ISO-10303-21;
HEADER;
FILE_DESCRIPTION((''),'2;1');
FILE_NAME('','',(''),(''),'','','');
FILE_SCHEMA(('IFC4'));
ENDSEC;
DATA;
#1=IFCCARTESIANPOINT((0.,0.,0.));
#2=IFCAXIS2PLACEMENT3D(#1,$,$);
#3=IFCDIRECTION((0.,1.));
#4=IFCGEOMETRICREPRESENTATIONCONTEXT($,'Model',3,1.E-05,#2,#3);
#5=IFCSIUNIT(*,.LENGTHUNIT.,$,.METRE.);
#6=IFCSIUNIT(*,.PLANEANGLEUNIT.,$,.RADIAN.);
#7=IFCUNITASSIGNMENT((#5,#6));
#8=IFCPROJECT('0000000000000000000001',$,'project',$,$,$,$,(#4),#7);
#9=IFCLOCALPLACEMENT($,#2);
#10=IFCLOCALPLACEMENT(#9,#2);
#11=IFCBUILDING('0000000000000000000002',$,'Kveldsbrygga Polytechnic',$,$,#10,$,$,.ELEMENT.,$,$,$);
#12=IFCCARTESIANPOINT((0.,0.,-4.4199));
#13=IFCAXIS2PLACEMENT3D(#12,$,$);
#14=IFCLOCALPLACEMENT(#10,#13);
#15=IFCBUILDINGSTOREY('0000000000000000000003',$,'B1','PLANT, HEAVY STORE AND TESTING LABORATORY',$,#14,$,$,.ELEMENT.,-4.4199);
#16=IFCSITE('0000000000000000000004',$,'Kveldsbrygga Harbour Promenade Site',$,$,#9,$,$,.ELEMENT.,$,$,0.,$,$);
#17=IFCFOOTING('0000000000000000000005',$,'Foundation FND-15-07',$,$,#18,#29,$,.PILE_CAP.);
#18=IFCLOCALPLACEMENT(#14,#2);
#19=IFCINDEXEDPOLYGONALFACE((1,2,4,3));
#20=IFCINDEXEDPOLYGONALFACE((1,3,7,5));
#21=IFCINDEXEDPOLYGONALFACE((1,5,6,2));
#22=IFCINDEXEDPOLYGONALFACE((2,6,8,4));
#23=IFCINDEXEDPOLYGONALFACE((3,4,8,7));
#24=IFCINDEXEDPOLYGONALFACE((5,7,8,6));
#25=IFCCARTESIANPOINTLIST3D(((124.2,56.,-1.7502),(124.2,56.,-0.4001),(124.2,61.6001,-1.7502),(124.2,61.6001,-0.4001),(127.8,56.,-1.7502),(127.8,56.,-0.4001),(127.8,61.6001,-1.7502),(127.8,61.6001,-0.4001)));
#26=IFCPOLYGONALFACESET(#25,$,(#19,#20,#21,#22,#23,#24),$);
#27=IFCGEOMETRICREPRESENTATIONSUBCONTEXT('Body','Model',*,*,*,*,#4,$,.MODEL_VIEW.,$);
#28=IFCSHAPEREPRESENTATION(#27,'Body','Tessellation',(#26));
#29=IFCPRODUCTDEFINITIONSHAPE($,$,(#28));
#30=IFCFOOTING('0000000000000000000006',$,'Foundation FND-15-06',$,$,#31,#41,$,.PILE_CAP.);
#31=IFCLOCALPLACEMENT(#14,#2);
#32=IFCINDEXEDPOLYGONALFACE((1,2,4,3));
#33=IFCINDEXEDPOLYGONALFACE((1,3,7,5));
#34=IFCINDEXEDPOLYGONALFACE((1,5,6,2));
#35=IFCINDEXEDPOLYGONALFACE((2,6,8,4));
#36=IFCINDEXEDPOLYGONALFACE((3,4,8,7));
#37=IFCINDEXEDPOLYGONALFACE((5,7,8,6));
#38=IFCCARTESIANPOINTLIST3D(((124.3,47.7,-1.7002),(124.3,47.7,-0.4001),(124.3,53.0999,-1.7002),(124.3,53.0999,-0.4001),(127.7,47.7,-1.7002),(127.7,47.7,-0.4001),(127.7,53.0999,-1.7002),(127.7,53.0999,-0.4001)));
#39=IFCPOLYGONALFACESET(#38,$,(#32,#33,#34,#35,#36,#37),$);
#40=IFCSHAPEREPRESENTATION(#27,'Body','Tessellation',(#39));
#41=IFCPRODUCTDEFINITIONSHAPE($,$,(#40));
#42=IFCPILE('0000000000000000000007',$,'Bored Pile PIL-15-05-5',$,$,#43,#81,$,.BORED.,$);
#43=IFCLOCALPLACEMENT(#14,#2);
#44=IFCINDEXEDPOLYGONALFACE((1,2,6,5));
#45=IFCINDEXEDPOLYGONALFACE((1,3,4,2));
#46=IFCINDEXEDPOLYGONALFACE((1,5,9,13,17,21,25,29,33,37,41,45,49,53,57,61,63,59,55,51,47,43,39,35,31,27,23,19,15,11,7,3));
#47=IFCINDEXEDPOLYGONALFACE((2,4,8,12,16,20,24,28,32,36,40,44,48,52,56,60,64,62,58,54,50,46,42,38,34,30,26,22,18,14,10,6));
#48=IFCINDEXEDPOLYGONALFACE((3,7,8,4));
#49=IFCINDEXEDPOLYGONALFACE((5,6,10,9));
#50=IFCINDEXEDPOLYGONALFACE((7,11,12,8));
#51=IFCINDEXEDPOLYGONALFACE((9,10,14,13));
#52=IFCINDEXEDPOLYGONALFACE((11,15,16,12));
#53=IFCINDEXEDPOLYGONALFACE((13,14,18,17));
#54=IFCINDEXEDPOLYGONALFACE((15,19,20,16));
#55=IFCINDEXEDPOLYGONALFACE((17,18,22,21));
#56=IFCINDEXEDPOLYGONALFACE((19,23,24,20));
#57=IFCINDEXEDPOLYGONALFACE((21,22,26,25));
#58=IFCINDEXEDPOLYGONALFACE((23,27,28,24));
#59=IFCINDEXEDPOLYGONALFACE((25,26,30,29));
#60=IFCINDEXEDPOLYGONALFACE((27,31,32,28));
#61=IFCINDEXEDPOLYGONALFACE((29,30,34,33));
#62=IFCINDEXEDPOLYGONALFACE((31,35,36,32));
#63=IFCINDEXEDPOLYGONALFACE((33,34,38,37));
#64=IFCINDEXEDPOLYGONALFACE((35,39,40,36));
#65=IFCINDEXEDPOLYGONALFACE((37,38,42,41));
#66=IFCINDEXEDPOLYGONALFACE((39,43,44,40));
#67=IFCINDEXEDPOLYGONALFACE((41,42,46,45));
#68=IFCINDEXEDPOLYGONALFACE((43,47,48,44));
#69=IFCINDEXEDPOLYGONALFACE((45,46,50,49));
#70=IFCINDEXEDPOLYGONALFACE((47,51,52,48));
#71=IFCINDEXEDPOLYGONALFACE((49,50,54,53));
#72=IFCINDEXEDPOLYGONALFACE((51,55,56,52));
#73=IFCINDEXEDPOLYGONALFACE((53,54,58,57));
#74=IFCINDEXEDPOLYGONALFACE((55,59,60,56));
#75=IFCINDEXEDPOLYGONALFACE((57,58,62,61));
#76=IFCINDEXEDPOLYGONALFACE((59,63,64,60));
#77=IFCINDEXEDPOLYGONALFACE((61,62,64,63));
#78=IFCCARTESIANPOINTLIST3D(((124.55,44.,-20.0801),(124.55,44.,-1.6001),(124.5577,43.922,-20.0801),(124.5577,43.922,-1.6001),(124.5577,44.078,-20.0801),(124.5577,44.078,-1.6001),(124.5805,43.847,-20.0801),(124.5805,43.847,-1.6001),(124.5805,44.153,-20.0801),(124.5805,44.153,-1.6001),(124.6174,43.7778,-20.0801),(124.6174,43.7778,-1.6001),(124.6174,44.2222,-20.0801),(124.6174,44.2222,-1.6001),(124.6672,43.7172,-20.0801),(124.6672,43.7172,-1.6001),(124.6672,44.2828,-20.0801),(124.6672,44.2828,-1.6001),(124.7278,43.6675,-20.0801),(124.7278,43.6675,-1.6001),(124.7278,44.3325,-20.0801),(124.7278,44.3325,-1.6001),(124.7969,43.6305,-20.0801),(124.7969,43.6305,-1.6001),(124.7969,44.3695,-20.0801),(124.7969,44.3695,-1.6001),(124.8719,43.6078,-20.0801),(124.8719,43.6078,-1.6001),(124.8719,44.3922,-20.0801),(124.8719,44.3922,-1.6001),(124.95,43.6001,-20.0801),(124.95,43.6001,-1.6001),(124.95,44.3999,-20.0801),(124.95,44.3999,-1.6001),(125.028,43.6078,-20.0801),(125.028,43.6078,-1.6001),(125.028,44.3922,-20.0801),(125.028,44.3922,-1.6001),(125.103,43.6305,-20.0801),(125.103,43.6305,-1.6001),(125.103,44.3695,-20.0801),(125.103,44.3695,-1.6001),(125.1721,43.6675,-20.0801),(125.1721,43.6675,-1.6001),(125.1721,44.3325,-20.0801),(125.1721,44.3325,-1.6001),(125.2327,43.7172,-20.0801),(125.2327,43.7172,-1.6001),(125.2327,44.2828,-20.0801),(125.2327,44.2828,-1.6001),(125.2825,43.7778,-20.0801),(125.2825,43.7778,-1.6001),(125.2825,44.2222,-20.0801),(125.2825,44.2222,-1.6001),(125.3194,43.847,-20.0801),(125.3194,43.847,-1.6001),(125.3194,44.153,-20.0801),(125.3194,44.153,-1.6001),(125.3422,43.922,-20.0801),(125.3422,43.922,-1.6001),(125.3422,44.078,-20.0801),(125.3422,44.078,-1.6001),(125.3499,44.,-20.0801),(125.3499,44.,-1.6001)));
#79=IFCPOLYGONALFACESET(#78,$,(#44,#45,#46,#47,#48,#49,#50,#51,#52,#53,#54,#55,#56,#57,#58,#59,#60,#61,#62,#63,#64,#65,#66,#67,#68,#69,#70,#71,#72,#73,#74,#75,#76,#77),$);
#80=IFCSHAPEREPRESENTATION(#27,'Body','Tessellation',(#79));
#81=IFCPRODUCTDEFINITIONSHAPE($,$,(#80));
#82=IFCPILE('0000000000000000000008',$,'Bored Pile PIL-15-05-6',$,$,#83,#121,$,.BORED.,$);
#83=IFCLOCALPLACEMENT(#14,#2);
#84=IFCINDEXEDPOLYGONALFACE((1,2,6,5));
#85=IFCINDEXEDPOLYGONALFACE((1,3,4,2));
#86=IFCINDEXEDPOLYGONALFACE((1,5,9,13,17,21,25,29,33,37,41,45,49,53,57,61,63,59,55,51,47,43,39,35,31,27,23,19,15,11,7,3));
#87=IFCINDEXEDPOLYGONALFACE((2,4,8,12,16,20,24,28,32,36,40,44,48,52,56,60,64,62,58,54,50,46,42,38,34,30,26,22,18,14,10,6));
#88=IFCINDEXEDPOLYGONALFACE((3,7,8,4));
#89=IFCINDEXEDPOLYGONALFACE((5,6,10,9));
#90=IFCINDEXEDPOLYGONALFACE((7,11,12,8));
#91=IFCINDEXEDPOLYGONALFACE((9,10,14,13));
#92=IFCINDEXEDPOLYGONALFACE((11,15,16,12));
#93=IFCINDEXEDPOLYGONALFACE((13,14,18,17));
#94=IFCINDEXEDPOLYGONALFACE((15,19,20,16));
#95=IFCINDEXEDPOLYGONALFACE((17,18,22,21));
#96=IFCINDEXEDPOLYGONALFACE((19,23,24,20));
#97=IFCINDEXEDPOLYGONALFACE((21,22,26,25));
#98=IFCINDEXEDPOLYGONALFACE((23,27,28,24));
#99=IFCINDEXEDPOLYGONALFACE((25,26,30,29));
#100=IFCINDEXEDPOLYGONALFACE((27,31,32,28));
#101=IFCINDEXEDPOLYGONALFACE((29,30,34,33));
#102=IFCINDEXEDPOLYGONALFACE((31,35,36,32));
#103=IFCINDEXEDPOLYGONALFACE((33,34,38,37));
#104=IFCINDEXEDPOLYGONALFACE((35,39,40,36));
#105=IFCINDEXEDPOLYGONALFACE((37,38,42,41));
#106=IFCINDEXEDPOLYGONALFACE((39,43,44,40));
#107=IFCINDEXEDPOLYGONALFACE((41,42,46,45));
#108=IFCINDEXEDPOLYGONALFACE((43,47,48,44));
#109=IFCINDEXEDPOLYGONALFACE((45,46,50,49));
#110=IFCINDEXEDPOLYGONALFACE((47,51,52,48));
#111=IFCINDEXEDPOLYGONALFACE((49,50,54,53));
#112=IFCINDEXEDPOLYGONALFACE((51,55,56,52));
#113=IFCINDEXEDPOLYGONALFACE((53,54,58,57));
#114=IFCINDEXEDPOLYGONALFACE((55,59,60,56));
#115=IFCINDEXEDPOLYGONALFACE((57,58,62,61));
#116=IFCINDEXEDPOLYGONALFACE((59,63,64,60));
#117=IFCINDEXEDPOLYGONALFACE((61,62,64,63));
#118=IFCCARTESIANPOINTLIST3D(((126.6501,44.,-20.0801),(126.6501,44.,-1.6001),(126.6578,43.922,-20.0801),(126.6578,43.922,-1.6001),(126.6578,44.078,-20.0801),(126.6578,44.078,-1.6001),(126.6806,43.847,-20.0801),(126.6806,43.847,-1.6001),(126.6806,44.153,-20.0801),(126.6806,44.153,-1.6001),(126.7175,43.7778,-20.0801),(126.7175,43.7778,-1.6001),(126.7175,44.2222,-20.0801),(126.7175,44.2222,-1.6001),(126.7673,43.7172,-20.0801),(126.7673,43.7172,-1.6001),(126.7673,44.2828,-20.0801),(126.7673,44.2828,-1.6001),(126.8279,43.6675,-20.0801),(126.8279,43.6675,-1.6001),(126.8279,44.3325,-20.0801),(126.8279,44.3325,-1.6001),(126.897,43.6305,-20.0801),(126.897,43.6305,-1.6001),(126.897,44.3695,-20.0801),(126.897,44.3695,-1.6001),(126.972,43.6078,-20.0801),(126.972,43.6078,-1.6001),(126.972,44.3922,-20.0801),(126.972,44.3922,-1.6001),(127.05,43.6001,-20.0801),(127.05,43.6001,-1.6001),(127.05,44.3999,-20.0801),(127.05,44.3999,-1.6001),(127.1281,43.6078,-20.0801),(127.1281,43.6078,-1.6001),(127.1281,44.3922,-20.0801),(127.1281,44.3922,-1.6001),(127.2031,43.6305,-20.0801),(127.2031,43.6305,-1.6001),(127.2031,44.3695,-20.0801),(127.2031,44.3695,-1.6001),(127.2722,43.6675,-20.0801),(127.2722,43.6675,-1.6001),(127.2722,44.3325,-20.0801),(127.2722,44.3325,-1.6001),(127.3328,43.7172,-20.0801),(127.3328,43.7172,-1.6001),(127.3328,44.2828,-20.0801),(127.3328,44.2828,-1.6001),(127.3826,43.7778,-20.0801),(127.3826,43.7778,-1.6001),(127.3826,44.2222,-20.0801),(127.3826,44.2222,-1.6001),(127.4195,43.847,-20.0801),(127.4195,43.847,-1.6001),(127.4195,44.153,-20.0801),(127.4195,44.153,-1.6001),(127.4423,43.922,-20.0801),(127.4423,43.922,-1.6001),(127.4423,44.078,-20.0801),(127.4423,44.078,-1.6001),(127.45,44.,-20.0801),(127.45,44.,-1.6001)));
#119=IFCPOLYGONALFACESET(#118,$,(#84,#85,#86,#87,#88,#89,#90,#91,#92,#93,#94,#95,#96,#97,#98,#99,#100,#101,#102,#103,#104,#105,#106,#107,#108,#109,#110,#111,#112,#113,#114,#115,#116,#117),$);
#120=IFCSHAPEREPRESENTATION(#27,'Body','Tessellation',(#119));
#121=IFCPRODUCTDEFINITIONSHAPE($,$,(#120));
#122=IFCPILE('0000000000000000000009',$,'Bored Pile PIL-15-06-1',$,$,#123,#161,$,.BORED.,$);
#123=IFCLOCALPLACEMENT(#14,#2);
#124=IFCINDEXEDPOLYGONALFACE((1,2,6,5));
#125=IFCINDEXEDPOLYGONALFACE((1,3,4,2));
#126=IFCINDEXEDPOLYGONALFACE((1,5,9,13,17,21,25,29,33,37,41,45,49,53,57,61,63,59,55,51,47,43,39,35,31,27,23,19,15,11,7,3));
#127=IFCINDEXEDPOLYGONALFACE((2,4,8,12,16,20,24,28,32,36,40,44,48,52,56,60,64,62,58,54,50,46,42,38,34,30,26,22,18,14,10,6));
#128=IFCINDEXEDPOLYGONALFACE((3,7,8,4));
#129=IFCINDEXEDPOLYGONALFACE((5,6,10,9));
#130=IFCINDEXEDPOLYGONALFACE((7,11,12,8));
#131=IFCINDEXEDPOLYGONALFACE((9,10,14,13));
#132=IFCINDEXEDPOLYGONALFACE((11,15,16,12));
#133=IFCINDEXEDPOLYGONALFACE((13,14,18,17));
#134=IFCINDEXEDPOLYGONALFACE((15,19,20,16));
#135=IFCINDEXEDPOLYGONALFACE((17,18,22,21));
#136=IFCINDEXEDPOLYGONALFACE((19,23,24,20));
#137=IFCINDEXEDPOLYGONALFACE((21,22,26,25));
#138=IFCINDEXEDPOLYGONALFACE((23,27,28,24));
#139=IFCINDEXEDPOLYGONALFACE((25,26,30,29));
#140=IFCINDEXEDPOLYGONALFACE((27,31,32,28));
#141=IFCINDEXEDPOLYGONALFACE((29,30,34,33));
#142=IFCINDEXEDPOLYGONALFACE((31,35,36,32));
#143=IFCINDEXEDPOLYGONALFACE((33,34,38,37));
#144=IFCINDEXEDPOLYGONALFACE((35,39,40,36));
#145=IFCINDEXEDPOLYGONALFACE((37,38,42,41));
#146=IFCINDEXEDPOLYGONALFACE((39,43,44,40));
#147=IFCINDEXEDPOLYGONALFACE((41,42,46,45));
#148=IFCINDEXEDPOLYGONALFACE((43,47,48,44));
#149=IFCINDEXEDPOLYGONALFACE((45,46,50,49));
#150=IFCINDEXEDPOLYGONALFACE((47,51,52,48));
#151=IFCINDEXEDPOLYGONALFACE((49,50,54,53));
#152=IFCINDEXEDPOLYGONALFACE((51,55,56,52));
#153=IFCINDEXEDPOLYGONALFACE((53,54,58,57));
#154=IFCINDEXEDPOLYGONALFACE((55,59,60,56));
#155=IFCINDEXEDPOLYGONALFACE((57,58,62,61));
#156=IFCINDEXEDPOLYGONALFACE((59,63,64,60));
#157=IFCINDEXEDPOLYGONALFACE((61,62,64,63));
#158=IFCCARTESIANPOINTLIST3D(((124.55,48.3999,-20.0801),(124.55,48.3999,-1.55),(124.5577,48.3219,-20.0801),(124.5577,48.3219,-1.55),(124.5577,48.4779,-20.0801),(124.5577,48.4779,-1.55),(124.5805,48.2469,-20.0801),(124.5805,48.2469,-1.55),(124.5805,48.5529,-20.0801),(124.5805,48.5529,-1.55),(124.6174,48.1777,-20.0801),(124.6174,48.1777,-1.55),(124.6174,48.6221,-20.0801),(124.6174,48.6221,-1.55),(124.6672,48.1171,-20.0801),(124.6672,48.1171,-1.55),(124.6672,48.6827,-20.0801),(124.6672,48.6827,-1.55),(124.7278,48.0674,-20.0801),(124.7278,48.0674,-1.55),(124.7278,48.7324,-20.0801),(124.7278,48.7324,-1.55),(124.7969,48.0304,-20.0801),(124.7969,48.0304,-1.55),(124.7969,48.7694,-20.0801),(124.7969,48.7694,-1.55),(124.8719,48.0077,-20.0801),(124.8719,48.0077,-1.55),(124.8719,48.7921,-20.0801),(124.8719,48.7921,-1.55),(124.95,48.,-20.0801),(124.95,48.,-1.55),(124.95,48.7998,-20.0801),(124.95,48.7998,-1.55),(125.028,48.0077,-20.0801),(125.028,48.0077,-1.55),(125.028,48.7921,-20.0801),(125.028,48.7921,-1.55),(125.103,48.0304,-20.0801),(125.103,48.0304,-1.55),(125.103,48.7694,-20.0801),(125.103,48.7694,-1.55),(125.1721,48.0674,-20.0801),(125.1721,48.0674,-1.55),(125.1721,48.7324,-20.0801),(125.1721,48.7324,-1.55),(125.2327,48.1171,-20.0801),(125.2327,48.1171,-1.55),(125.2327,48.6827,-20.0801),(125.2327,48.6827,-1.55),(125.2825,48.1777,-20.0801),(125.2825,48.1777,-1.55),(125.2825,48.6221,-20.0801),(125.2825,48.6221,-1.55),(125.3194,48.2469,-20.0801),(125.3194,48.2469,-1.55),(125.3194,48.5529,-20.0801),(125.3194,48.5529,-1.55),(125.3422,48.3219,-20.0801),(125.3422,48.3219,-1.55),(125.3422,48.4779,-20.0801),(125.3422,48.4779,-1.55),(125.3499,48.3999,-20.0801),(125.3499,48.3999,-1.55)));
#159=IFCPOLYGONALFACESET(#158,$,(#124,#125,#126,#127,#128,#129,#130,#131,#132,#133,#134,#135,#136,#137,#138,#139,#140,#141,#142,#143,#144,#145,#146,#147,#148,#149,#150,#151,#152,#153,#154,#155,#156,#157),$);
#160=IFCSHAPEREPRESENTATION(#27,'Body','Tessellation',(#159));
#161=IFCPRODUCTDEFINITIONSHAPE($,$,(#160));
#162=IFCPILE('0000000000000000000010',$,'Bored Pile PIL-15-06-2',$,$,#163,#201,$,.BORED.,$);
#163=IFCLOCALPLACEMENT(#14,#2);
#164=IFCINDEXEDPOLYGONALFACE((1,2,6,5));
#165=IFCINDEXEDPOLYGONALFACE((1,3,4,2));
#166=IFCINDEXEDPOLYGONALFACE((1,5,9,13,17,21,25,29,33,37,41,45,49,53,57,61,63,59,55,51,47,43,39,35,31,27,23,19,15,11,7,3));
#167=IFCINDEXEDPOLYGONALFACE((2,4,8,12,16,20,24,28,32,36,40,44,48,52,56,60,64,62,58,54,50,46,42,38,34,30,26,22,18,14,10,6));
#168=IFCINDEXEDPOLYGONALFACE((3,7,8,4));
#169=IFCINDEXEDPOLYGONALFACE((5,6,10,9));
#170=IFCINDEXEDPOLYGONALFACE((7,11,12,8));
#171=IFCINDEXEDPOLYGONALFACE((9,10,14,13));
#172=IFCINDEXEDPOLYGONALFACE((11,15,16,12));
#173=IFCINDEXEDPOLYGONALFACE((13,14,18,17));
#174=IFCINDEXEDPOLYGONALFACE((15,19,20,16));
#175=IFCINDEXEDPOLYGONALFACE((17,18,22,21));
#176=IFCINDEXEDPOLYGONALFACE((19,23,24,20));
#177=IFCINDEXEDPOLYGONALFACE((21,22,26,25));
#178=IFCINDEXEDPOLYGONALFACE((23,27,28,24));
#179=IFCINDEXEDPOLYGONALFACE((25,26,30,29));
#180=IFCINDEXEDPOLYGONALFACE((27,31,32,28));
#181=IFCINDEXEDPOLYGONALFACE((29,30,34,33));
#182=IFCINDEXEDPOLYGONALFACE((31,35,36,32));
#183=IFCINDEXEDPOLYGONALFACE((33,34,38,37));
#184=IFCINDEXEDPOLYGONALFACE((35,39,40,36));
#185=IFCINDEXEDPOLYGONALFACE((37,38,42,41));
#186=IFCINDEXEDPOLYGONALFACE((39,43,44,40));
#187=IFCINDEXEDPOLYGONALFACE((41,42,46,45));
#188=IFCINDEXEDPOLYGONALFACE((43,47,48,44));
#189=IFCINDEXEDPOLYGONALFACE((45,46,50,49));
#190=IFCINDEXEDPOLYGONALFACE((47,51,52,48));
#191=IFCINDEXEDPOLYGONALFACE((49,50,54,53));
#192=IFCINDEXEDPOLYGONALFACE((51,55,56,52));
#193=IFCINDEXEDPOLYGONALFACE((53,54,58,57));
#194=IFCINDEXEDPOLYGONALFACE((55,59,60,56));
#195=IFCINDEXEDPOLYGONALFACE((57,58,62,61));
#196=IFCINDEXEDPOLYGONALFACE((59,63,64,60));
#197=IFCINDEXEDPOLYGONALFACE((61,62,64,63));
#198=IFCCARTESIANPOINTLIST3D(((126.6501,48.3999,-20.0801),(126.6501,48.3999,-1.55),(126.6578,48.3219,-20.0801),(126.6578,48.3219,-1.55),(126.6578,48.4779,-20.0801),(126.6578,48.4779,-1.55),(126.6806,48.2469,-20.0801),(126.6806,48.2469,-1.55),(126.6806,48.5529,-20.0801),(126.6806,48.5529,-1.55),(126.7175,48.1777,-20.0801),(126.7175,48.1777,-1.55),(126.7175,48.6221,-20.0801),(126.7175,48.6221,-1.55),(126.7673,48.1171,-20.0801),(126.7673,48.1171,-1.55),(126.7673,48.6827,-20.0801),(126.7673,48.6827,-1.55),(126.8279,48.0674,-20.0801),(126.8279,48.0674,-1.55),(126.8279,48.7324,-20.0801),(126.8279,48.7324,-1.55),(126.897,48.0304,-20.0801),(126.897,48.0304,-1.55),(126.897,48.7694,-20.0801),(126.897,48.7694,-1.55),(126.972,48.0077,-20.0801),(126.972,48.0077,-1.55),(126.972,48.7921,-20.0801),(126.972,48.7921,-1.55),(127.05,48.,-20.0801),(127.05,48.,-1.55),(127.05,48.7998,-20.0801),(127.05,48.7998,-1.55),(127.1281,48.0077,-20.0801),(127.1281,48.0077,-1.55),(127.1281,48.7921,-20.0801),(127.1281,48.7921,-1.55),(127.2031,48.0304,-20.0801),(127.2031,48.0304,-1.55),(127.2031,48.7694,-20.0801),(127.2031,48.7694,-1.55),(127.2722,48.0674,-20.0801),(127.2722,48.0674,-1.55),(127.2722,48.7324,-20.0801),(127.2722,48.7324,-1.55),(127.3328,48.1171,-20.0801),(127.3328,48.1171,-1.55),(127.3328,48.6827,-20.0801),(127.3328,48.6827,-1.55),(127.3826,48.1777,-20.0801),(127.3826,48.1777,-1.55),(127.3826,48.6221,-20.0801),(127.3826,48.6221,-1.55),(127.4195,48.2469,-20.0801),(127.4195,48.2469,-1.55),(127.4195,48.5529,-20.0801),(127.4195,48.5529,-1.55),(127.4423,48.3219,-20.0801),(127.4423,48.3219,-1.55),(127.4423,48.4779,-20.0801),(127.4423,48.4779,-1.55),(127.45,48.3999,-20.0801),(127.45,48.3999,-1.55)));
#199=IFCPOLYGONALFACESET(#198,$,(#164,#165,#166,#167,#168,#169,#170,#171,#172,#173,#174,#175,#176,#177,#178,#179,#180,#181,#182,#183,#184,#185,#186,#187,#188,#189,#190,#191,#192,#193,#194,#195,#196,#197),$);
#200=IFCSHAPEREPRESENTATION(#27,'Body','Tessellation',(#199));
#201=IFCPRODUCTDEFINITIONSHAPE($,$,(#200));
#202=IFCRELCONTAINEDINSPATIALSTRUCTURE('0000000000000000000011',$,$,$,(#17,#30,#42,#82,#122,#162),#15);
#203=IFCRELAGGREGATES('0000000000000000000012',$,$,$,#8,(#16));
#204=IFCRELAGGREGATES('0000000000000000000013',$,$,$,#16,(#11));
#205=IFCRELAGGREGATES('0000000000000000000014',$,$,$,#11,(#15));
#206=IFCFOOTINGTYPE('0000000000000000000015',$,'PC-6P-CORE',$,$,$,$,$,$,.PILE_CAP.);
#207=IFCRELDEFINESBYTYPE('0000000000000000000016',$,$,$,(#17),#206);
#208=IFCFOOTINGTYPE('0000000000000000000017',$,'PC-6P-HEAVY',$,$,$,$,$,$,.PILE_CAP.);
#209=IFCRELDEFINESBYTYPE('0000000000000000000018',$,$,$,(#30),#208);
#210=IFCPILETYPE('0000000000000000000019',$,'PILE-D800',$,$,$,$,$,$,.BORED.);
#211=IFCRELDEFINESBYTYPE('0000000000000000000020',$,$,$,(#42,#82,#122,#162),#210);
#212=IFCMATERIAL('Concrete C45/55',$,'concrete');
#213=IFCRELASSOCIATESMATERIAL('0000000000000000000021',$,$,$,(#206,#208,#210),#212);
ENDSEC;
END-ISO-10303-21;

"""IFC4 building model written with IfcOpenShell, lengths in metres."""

from ifc_helpers import new_model, si_unit, direction, frame, origin, origin_2d, place, context, subcontext, project, spatial, rectangle, circle, extrude, material, material_profile, profile_set, type_object, element, save


model = new_model("IFC4")

# Units and contexts
model_context = context("Model", 3, precision=1e-05, world=origin(), true_north=direction((0.0, 1.0)))
body_context = subcontext(model_context, "Body", "Model", "MODEL_VIEW")
ifc_project = project(units=[si_unit("LENGTHUNIT", "METRE"), si_unit("PLANEANGLEUNIT", "RADIAN")], contexts=[model_context])

# Site, building, storey
site_placement = place(None, origin())
site = spatial("IfcSite", under=ifc_project, at=site_placement, Name="Kveldsbrygga Harbour Promenade Site", CompositionType="ELEMENT", RefElevation=0.0)
building_placement = place(site_placement, origin())
building = spatial("IfcBuilding", under=site, at=building_placement, Name="Kveldsbrygga Polytechnic", CompositionType="ELEMENT")
storey_placement = place(building_placement, frame((0.0, 0.0, -4.4199)))
storey = spatial("IfcBuildingStorey", under=building, at=storey_placement, Name="B1", Description="PLANT, HEAVY STORE AND TESTING LABORATORY", CompositionType="ELEMENT", Elevation=-4.4199)

# Footings
ifc_material_1 = material(Name="Concrete C45/55", Category="concrete")
footing_type_1 = type_object("IfcFootingType", Name="PC-6P-CORE", PredefinedType="PILE_CAP", material=ifc_material_1)
footing_1_placement = place(storey_placement, frame((126.0, 58.8, -1.7502), z_axis=(0.0, 0.0, 1.0), x_axis=(1.0, 0.0, 0.0)))
element("IfcFooting", 1, at=footing_1_placement, inside=storey, type_object=footing_type_1, Name="Foundation FND-15-07", PredefinedType="PILE_CAP", context=body_context, shape_type="SweptSolid", body=[
    extrude(rectangle(XDim=3.6001, YDim=5.6001, at=origin_2d()), origin(), (0.0, 0.0, 1.0), 1.3501),
])
footing_type_2 = type_object("IfcFootingType", Name="PC-6P-HEAVY", PredefinedType="PILE_CAP", material=ifc_material_1)
footing_2_placement = place(storey_placement, frame((126.0, 50.3999, -1.7002), z_axis=(0.0, 0.0, 1.0), x_axis=(1.0, 0.0, 0.0)))
element("IfcFooting", 2, at=footing_2_placement, inside=storey, type_object=footing_type_2, Name="Foundation FND-15-06", PredefinedType="PILE_CAP", context=body_context, shape_type="SweptSolid", body=[
    extrude(rectangle(XDim=3.3999, YDim=5.3999, at=origin_2d()), origin(), (0.0, 0.0, 1.0), 1.3),
])

# Piles
ifc_material_profile_1 = material_profile(ifc_material_1, circle(Radius=0.3999, at=origin_2d()), Name="PILE D800")
ifc_profile_set_1 = profile_set([ifc_material_profile_1], Name="Concrete C45/55")
pile_type = type_object("IfcPileType", Name="PILE-D800", PredefinedType="BORED", material=ifc_profile_set_1)
for number, where, z_axis, x_axis, name in (
    (3, (124.95, 44.0, -1.6001), (0.0, 0.0, -1.0), (1.0, 0.0, 0.0), "Bored Pile PIL-15-05-5"),
    (4, (127.05, 44.0, -1.6001), (0.0, 0.0, -1.0), (1.0, 0.0, 0.0), "Bored Pile PIL-15-05-6"),
):
    element("IfcPile", number, at=place(storey_placement, frame(where, z_axis=z_axis, x_axis=x_axis)), inside=storey, type_object=pile_type, Name=name, PredefinedType="BORED", context=body_context, shape_type="SweptSolid", body=[
        extrude(circle(Radius=0.3999, at=origin_2d()), origin(), (0.0, 0.0, 1.0), 18.48),
    ])
for number, where, z_axis, x_axis, name in (
    (5, (124.95, 48.3999, -1.55), (0.0, 0.0, -1.0), (1.0, 0.0, 0.0), "Bored Pile PIL-15-06-1"),
    (6, (127.05, 48.3999, -1.55), (0.0, 0.0, -1.0), (1.0, 0.0, 0.0), "Bored Pile PIL-15-06-2"),
):
    element("IfcPile", number, at=place(storey_placement, frame(where, z_axis=z_axis, x_axis=x_axis)), inside=storey, type_object=pile_type, Name=name, PredefinedType="BORED", context=body_context, shape_type="SweptSolid", body=[
        extrude(circle(Radius=0.3999, at=origin_2d()), origin(), (0.0, 0.0, 1.0), 18.53),
    ])

save(model, "model.ifc")
